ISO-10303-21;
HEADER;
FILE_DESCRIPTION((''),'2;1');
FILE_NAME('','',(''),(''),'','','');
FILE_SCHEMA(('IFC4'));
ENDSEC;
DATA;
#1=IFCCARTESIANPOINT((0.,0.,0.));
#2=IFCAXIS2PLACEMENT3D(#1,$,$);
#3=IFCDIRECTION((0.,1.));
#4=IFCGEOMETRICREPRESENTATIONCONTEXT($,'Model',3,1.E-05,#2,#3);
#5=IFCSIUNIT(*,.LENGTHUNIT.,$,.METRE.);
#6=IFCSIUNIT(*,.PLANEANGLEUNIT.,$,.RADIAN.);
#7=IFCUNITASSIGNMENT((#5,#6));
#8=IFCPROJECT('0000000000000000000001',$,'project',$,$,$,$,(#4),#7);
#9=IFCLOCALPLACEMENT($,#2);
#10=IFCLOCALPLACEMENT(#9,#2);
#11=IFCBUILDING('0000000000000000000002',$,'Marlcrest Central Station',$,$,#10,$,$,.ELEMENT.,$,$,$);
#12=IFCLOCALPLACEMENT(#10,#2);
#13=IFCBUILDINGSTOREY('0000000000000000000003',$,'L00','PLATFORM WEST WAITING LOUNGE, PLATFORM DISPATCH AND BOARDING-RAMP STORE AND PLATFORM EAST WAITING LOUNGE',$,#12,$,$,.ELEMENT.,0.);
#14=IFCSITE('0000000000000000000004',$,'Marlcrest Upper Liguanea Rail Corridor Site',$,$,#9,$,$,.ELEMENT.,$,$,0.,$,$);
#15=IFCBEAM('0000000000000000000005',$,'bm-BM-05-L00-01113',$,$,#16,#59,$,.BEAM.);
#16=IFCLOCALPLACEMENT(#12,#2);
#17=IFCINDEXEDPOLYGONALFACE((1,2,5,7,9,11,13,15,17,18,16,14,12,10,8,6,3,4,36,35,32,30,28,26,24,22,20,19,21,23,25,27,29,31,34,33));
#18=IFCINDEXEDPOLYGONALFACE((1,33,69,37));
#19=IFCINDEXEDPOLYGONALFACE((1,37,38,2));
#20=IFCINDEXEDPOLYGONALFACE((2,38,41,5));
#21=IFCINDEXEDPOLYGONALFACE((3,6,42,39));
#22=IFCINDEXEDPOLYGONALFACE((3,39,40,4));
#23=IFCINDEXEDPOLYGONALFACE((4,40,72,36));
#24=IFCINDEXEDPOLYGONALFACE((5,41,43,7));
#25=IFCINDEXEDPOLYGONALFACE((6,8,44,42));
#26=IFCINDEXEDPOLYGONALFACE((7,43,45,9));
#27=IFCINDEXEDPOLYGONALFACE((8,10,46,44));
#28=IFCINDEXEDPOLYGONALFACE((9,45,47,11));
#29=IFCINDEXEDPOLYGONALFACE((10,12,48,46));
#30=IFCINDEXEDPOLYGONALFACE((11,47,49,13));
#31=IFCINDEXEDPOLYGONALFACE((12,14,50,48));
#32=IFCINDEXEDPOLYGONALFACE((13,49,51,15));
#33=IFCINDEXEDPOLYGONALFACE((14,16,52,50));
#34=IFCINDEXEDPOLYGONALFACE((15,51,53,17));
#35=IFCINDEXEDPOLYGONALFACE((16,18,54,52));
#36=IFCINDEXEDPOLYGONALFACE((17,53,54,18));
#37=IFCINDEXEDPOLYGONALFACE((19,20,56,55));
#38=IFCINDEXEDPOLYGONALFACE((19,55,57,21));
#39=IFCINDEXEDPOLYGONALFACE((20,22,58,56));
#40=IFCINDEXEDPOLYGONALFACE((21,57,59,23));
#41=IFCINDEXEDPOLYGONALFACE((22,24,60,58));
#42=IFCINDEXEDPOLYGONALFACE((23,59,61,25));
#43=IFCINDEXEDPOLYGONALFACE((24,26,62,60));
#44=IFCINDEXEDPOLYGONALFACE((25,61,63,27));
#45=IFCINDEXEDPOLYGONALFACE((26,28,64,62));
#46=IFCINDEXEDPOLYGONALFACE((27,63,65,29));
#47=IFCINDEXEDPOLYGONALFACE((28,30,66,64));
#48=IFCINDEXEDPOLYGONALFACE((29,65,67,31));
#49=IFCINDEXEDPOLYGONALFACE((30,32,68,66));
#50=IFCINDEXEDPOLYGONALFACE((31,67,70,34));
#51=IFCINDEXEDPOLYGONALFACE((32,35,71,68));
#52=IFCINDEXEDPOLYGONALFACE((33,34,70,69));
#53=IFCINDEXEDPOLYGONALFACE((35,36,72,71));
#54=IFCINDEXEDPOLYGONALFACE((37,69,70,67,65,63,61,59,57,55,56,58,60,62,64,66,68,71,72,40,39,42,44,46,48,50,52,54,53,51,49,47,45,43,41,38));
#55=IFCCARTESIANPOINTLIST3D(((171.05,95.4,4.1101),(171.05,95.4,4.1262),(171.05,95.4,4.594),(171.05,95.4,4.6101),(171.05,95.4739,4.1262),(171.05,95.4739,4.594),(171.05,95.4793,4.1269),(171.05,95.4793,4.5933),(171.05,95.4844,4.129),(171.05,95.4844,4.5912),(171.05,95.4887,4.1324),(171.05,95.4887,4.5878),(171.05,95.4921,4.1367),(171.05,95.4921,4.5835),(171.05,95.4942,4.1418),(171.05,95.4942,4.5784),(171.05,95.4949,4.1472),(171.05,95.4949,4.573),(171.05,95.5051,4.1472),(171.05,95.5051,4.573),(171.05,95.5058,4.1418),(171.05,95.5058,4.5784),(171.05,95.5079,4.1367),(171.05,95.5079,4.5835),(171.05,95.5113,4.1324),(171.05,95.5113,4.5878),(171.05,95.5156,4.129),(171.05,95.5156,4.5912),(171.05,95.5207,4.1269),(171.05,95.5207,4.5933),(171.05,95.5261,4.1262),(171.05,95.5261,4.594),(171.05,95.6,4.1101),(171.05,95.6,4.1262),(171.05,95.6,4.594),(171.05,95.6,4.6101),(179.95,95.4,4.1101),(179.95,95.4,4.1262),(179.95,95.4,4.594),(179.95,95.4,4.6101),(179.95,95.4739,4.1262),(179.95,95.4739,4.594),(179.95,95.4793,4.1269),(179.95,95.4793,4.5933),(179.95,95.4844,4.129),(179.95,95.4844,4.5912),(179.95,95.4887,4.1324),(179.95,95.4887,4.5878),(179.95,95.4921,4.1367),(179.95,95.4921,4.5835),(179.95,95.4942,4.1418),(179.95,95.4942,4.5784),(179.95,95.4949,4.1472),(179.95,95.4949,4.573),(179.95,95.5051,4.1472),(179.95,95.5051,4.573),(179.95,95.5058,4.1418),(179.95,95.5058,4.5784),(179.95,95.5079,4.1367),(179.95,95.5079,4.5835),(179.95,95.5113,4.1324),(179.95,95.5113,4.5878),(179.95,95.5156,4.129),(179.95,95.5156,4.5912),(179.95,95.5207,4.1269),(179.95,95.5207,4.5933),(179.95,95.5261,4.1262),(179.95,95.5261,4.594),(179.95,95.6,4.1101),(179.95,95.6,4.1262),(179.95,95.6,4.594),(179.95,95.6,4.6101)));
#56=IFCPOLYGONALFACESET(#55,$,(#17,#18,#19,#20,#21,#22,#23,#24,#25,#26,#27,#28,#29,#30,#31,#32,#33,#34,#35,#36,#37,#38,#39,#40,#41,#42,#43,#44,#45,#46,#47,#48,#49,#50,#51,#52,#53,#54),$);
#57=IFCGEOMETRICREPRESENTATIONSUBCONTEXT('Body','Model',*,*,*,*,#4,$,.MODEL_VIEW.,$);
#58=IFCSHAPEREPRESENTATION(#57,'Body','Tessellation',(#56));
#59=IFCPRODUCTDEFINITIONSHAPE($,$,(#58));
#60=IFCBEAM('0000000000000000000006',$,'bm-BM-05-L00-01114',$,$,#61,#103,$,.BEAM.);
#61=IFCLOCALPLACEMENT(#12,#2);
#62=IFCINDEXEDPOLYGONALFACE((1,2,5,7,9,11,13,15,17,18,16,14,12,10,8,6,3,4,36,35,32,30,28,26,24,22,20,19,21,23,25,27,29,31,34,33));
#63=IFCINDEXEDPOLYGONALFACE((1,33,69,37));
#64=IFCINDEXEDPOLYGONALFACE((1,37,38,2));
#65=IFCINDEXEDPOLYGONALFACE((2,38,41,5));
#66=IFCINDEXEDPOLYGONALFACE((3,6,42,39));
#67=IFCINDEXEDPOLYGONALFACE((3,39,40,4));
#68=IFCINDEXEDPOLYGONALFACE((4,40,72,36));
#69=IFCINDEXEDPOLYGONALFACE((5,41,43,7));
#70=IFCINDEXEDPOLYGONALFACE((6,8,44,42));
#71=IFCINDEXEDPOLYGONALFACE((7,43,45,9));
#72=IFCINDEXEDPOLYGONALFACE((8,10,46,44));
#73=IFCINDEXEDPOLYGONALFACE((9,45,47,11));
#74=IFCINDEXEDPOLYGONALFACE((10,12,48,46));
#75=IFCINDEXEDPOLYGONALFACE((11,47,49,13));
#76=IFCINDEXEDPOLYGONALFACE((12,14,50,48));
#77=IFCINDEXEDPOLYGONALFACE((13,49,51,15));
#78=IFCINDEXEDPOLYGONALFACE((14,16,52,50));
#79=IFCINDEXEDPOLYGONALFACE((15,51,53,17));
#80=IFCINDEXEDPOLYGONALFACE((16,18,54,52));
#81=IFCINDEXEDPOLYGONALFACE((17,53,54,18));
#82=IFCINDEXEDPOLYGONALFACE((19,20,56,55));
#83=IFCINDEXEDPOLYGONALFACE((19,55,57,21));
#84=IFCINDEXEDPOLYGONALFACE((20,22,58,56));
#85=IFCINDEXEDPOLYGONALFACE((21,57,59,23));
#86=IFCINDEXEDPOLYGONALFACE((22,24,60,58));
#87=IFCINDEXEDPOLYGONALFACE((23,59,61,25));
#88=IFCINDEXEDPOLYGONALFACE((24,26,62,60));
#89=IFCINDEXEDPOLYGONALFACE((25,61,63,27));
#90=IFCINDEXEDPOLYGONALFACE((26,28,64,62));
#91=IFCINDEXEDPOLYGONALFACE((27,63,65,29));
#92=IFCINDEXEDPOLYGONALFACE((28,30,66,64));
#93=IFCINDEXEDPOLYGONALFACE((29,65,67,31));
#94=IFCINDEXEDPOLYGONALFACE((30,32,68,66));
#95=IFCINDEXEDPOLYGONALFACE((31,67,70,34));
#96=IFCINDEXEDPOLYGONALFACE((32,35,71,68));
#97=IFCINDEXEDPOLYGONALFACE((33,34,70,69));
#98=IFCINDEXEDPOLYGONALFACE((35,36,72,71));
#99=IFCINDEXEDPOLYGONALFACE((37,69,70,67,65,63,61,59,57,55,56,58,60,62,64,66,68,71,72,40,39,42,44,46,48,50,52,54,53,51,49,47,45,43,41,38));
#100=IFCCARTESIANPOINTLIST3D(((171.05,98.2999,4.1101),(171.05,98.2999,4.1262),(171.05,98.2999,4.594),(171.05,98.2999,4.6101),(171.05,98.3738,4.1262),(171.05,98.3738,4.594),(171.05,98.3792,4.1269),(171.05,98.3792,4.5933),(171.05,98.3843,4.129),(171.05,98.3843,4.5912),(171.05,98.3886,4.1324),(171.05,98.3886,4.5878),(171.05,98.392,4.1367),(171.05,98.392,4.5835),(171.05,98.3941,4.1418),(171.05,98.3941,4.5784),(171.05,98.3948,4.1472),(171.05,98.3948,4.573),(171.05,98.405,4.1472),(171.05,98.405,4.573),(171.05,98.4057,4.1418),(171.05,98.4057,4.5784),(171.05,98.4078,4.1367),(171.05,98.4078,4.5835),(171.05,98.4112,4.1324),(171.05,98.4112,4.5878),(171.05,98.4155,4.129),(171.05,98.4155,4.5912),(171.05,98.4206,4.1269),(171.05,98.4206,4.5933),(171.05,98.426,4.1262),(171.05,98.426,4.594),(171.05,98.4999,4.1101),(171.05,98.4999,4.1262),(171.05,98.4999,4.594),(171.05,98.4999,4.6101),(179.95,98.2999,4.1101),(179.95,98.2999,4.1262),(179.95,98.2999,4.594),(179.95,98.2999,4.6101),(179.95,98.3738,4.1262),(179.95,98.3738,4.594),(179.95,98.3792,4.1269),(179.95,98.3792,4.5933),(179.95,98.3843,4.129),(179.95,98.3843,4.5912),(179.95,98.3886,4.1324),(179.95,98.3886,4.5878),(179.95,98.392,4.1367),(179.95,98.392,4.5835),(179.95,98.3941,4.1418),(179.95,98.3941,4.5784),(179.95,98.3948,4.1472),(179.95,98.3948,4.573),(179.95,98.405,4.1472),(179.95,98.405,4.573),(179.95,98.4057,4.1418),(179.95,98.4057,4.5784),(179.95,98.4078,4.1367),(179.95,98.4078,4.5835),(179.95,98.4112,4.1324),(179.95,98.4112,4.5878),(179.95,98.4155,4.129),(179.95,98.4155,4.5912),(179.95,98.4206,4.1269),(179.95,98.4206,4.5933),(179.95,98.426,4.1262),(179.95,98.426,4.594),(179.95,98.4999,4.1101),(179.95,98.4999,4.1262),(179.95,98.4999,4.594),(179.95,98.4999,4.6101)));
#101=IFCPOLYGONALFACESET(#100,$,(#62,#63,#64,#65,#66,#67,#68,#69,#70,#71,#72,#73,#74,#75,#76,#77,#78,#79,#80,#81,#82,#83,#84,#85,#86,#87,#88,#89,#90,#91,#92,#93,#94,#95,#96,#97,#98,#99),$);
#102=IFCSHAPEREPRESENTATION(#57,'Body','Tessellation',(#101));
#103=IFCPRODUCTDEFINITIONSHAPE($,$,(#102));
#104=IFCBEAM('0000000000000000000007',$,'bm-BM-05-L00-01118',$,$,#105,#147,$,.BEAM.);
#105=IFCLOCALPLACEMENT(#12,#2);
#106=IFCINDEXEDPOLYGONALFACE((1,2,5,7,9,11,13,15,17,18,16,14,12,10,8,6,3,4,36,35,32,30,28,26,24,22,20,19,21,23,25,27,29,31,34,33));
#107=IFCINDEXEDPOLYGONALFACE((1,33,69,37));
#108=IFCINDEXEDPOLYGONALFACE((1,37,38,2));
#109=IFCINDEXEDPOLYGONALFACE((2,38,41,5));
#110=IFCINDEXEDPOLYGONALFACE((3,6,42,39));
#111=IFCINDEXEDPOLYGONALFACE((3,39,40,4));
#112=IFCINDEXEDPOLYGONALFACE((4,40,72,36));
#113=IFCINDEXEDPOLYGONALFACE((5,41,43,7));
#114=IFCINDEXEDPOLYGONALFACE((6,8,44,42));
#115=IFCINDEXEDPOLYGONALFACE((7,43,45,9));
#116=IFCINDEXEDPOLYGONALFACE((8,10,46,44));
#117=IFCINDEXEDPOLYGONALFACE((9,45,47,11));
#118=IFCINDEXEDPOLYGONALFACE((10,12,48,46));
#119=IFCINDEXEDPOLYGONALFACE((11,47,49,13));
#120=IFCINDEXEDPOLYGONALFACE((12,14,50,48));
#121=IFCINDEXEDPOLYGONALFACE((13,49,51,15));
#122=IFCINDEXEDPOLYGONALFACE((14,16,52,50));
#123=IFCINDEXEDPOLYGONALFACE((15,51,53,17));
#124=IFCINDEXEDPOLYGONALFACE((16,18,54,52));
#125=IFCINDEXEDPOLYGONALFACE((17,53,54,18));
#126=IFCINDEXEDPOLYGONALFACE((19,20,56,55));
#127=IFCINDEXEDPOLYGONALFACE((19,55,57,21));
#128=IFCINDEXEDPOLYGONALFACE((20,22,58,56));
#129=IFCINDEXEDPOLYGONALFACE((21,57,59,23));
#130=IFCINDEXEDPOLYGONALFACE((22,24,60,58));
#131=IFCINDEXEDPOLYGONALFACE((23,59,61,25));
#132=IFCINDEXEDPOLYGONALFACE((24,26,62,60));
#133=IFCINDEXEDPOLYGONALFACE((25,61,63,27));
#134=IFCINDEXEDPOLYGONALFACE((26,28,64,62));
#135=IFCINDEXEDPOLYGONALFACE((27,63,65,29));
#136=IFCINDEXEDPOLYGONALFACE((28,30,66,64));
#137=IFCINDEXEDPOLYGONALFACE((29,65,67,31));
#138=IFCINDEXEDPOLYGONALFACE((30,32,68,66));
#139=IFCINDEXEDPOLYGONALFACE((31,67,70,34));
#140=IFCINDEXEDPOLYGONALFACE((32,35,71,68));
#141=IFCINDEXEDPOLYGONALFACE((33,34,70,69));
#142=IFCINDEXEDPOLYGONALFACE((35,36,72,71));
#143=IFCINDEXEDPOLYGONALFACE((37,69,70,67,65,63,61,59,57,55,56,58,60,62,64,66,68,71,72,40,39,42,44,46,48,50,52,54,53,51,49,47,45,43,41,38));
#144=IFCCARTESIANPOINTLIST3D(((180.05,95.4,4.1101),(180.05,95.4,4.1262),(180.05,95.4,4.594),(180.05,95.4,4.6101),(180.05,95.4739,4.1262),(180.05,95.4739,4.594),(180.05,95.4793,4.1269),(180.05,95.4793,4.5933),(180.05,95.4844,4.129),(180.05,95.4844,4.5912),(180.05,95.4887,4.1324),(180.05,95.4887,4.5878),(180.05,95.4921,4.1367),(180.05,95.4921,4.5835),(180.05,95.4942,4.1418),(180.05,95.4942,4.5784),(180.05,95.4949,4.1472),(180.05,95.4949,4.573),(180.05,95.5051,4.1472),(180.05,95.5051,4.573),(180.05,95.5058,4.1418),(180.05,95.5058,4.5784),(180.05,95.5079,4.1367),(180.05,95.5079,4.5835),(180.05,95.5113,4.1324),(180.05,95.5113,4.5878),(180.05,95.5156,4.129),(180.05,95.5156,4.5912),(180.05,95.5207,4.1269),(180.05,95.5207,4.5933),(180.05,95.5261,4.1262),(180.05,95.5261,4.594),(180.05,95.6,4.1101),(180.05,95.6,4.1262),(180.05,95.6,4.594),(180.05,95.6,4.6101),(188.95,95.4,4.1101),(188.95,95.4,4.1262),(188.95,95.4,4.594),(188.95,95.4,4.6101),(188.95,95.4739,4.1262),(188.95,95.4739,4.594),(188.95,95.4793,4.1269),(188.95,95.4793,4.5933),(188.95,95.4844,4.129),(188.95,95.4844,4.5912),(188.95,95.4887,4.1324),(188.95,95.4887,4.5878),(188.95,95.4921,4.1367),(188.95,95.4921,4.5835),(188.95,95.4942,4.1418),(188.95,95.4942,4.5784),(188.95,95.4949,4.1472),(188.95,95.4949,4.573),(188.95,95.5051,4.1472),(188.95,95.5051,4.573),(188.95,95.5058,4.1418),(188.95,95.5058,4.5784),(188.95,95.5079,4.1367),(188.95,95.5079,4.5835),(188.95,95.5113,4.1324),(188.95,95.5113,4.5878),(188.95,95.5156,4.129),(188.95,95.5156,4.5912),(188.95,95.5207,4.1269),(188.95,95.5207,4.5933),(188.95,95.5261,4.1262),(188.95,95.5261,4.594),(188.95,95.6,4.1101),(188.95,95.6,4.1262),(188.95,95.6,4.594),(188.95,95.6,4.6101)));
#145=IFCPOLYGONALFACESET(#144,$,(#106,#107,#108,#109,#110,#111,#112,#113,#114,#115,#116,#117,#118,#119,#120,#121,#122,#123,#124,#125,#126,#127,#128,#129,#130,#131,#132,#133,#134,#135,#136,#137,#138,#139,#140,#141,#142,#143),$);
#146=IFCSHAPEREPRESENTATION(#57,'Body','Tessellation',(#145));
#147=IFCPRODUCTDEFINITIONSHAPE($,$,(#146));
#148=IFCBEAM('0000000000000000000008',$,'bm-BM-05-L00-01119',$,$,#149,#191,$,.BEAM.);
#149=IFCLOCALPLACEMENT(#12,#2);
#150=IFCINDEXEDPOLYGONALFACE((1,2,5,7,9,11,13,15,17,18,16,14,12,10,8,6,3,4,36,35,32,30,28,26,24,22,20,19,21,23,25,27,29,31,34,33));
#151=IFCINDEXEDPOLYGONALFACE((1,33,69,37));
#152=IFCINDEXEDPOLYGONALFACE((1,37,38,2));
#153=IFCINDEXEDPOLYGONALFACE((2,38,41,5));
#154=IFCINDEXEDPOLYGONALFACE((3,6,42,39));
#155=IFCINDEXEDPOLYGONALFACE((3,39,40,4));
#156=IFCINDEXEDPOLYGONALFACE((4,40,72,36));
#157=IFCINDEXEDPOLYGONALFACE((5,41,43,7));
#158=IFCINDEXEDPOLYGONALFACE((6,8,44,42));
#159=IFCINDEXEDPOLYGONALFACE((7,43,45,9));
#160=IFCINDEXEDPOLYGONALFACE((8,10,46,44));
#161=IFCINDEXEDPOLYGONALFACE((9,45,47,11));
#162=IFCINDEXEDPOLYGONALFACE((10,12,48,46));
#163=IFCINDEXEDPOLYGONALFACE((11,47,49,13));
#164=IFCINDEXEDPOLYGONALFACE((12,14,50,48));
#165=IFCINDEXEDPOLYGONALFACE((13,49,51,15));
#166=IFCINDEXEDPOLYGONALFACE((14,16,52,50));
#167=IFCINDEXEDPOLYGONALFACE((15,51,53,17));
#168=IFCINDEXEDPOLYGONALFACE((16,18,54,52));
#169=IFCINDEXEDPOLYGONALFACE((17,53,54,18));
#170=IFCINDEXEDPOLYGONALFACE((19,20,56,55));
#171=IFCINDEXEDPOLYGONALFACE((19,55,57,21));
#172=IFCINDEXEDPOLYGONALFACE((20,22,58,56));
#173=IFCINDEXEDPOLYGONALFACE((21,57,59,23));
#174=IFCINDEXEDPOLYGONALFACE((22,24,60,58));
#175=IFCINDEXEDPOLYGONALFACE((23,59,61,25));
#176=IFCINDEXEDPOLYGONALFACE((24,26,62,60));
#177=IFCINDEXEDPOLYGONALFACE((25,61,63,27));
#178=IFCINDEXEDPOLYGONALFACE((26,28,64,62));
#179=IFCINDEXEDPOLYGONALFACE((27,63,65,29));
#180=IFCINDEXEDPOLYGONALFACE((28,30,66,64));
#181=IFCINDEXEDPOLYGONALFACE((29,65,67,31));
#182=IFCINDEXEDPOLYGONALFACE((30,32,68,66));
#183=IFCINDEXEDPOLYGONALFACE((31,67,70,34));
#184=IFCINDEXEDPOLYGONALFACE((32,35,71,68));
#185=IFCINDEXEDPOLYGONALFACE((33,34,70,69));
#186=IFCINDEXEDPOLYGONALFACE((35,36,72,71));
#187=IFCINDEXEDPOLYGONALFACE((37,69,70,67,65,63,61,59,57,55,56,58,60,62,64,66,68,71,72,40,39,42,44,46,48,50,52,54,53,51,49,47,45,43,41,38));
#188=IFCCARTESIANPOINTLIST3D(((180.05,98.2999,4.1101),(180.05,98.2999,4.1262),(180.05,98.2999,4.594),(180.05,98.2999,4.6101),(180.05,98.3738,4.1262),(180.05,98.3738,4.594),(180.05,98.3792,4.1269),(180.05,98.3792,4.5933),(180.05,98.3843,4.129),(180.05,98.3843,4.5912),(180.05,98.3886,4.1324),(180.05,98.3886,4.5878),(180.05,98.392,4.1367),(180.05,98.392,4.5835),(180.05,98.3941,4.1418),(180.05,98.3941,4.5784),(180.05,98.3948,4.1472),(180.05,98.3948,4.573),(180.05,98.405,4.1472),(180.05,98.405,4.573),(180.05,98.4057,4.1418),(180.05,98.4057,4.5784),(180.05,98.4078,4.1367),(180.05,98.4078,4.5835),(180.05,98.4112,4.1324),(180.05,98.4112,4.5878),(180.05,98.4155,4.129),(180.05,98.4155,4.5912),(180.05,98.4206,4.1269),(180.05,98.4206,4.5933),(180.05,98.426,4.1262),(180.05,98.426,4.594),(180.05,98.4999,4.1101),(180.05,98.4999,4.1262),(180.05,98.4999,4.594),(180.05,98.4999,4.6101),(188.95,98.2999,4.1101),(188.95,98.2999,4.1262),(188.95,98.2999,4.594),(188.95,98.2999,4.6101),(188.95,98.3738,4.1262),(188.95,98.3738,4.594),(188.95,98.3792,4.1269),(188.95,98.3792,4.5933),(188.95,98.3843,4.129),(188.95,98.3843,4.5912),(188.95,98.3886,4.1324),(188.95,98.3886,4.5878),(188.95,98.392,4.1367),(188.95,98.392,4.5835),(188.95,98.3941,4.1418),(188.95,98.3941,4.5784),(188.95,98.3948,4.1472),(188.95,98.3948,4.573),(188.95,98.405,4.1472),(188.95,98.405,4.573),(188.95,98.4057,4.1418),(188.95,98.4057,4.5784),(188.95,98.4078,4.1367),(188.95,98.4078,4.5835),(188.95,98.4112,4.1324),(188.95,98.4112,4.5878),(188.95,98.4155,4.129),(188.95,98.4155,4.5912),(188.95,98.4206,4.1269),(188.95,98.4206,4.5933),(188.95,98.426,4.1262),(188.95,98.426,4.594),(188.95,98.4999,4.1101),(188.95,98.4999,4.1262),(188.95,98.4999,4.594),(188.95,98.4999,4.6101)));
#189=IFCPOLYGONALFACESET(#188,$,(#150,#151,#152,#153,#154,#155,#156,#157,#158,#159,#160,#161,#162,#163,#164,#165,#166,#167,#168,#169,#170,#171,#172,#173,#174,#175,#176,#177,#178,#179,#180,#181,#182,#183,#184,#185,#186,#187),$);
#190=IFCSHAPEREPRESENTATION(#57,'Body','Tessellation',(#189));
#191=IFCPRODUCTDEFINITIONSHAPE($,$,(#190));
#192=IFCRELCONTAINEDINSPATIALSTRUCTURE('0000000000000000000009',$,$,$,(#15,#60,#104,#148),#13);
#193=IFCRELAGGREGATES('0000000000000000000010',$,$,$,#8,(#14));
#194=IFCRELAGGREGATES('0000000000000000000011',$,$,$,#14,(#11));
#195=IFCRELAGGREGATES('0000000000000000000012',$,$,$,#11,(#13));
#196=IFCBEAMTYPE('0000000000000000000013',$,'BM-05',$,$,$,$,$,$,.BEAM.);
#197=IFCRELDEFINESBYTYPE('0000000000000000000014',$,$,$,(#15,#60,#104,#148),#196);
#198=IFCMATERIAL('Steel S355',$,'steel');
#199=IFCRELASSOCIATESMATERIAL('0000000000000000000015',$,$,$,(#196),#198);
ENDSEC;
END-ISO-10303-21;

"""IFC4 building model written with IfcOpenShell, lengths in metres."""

from ifc_helpers import new_model, si_unit, direction, frame, origin, origin_2d, place, context, subcontext, project, spatial, i_section, extrude, material, material_profile, profile_set, type_object, element, save


model = new_model("IFC4")

# Units and contexts
model_context = context("Model", 3, precision=1e-05, world=origin(), true_north=direction((0.0, 1.0)))
body_context = subcontext(model_context, "Body", "Model", "MODEL_VIEW")
ifc_project = project(units=[si_unit("LENGTHUNIT", "METRE"), si_unit("PLANEANGLEUNIT", "RADIAN")], contexts=[model_context])

# Site, building, storey
site_placement = place(None, origin())
site = spatial("IfcSite", under=ifc_project, at=site_placement, Name="Marlcrest Upper Liguanea Rail Corridor Site", CompositionType="ELEMENT", RefElevation=0.0)
building_placement = place(site_placement, origin())
building = spatial("IfcBuilding", under=site, at=building_placement, Name="Marlcrest Central Station", CompositionType="ELEMENT")
storey_placement = place(building_placement, origin())
storey = spatial("IfcBuildingStorey", under=building, at=storey_placement, Name="L00", Description="PLATFORM WEST WAITING LOUNGE, PLATFORM DISPATCH AND BOARDING-RAMP STORE AND PLATFORM EAST WAITING LOUNGE", CompositionType="ELEMENT", Elevation=0.0)

# Beams
ifc_material_1 = material(Name="Steel S355", Category="steel")
ifc_material_profile_1 = material_profile(ifc_material_1, i_section(OverallWidth=0.2, OverallDepth=0.5, WebThickness=0.0103, FlangeThickness=0.0161, FilletRadius=0.021, at=origin_2d()), Name="IPE 500")
ifc_profile_set_1 = profile_set([ifc_material_profile_1], Name="Steel S355")
beam_type = type_object("IfcBeamType", Name="BM-05", PredefinedType="BEAM", material=ifc_profile_set_1)
for number, where, z_axis, x_axis, name in (
    (1, (171.05, 95.5, 4.3601), (1.0, 0.0, 0.0), (0.0, 1.0, 0.0), "bm-BM-05-L00-01113"),
    (2, (171.05, 98.3999, 4.3601), (1.0, 0.0, 0.0), (0.0, 1.0, 0.0), "bm-BM-05-L00-01114"),
    (3, (180.05, 95.5, 4.3601), (1.0, 0.0, 0.0), (0.0, 1.0, 0.0), "bm-BM-05-L00-01118"),
    (4, (180.05, 98.3999, 4.3601), (1.0, 0.0, 0.0), (0.0, 1.0, 0.0), "bm-BM-05-L00-01119"),
):
    element("IfcBeam", number, at=place(storey_placement, frame(where, z_axis=z_axis, x_axis=x_axis)), inside=storey, type_object=beam_type, Name=name, PredefinedType="BEAM", context=body_context, shape_type="SweptSolid", body=[
        extrude(i_section(OverallWidth=0.2, OverallDepth=0.5, WebThickness=0.0103, FlangeThickness=0.0161, FilletRadius=0.021, at=origin_2d()), origin(), (0.0, 0.0, 1.0), 8.8999),
    ])

save(model, "model.ifc")
